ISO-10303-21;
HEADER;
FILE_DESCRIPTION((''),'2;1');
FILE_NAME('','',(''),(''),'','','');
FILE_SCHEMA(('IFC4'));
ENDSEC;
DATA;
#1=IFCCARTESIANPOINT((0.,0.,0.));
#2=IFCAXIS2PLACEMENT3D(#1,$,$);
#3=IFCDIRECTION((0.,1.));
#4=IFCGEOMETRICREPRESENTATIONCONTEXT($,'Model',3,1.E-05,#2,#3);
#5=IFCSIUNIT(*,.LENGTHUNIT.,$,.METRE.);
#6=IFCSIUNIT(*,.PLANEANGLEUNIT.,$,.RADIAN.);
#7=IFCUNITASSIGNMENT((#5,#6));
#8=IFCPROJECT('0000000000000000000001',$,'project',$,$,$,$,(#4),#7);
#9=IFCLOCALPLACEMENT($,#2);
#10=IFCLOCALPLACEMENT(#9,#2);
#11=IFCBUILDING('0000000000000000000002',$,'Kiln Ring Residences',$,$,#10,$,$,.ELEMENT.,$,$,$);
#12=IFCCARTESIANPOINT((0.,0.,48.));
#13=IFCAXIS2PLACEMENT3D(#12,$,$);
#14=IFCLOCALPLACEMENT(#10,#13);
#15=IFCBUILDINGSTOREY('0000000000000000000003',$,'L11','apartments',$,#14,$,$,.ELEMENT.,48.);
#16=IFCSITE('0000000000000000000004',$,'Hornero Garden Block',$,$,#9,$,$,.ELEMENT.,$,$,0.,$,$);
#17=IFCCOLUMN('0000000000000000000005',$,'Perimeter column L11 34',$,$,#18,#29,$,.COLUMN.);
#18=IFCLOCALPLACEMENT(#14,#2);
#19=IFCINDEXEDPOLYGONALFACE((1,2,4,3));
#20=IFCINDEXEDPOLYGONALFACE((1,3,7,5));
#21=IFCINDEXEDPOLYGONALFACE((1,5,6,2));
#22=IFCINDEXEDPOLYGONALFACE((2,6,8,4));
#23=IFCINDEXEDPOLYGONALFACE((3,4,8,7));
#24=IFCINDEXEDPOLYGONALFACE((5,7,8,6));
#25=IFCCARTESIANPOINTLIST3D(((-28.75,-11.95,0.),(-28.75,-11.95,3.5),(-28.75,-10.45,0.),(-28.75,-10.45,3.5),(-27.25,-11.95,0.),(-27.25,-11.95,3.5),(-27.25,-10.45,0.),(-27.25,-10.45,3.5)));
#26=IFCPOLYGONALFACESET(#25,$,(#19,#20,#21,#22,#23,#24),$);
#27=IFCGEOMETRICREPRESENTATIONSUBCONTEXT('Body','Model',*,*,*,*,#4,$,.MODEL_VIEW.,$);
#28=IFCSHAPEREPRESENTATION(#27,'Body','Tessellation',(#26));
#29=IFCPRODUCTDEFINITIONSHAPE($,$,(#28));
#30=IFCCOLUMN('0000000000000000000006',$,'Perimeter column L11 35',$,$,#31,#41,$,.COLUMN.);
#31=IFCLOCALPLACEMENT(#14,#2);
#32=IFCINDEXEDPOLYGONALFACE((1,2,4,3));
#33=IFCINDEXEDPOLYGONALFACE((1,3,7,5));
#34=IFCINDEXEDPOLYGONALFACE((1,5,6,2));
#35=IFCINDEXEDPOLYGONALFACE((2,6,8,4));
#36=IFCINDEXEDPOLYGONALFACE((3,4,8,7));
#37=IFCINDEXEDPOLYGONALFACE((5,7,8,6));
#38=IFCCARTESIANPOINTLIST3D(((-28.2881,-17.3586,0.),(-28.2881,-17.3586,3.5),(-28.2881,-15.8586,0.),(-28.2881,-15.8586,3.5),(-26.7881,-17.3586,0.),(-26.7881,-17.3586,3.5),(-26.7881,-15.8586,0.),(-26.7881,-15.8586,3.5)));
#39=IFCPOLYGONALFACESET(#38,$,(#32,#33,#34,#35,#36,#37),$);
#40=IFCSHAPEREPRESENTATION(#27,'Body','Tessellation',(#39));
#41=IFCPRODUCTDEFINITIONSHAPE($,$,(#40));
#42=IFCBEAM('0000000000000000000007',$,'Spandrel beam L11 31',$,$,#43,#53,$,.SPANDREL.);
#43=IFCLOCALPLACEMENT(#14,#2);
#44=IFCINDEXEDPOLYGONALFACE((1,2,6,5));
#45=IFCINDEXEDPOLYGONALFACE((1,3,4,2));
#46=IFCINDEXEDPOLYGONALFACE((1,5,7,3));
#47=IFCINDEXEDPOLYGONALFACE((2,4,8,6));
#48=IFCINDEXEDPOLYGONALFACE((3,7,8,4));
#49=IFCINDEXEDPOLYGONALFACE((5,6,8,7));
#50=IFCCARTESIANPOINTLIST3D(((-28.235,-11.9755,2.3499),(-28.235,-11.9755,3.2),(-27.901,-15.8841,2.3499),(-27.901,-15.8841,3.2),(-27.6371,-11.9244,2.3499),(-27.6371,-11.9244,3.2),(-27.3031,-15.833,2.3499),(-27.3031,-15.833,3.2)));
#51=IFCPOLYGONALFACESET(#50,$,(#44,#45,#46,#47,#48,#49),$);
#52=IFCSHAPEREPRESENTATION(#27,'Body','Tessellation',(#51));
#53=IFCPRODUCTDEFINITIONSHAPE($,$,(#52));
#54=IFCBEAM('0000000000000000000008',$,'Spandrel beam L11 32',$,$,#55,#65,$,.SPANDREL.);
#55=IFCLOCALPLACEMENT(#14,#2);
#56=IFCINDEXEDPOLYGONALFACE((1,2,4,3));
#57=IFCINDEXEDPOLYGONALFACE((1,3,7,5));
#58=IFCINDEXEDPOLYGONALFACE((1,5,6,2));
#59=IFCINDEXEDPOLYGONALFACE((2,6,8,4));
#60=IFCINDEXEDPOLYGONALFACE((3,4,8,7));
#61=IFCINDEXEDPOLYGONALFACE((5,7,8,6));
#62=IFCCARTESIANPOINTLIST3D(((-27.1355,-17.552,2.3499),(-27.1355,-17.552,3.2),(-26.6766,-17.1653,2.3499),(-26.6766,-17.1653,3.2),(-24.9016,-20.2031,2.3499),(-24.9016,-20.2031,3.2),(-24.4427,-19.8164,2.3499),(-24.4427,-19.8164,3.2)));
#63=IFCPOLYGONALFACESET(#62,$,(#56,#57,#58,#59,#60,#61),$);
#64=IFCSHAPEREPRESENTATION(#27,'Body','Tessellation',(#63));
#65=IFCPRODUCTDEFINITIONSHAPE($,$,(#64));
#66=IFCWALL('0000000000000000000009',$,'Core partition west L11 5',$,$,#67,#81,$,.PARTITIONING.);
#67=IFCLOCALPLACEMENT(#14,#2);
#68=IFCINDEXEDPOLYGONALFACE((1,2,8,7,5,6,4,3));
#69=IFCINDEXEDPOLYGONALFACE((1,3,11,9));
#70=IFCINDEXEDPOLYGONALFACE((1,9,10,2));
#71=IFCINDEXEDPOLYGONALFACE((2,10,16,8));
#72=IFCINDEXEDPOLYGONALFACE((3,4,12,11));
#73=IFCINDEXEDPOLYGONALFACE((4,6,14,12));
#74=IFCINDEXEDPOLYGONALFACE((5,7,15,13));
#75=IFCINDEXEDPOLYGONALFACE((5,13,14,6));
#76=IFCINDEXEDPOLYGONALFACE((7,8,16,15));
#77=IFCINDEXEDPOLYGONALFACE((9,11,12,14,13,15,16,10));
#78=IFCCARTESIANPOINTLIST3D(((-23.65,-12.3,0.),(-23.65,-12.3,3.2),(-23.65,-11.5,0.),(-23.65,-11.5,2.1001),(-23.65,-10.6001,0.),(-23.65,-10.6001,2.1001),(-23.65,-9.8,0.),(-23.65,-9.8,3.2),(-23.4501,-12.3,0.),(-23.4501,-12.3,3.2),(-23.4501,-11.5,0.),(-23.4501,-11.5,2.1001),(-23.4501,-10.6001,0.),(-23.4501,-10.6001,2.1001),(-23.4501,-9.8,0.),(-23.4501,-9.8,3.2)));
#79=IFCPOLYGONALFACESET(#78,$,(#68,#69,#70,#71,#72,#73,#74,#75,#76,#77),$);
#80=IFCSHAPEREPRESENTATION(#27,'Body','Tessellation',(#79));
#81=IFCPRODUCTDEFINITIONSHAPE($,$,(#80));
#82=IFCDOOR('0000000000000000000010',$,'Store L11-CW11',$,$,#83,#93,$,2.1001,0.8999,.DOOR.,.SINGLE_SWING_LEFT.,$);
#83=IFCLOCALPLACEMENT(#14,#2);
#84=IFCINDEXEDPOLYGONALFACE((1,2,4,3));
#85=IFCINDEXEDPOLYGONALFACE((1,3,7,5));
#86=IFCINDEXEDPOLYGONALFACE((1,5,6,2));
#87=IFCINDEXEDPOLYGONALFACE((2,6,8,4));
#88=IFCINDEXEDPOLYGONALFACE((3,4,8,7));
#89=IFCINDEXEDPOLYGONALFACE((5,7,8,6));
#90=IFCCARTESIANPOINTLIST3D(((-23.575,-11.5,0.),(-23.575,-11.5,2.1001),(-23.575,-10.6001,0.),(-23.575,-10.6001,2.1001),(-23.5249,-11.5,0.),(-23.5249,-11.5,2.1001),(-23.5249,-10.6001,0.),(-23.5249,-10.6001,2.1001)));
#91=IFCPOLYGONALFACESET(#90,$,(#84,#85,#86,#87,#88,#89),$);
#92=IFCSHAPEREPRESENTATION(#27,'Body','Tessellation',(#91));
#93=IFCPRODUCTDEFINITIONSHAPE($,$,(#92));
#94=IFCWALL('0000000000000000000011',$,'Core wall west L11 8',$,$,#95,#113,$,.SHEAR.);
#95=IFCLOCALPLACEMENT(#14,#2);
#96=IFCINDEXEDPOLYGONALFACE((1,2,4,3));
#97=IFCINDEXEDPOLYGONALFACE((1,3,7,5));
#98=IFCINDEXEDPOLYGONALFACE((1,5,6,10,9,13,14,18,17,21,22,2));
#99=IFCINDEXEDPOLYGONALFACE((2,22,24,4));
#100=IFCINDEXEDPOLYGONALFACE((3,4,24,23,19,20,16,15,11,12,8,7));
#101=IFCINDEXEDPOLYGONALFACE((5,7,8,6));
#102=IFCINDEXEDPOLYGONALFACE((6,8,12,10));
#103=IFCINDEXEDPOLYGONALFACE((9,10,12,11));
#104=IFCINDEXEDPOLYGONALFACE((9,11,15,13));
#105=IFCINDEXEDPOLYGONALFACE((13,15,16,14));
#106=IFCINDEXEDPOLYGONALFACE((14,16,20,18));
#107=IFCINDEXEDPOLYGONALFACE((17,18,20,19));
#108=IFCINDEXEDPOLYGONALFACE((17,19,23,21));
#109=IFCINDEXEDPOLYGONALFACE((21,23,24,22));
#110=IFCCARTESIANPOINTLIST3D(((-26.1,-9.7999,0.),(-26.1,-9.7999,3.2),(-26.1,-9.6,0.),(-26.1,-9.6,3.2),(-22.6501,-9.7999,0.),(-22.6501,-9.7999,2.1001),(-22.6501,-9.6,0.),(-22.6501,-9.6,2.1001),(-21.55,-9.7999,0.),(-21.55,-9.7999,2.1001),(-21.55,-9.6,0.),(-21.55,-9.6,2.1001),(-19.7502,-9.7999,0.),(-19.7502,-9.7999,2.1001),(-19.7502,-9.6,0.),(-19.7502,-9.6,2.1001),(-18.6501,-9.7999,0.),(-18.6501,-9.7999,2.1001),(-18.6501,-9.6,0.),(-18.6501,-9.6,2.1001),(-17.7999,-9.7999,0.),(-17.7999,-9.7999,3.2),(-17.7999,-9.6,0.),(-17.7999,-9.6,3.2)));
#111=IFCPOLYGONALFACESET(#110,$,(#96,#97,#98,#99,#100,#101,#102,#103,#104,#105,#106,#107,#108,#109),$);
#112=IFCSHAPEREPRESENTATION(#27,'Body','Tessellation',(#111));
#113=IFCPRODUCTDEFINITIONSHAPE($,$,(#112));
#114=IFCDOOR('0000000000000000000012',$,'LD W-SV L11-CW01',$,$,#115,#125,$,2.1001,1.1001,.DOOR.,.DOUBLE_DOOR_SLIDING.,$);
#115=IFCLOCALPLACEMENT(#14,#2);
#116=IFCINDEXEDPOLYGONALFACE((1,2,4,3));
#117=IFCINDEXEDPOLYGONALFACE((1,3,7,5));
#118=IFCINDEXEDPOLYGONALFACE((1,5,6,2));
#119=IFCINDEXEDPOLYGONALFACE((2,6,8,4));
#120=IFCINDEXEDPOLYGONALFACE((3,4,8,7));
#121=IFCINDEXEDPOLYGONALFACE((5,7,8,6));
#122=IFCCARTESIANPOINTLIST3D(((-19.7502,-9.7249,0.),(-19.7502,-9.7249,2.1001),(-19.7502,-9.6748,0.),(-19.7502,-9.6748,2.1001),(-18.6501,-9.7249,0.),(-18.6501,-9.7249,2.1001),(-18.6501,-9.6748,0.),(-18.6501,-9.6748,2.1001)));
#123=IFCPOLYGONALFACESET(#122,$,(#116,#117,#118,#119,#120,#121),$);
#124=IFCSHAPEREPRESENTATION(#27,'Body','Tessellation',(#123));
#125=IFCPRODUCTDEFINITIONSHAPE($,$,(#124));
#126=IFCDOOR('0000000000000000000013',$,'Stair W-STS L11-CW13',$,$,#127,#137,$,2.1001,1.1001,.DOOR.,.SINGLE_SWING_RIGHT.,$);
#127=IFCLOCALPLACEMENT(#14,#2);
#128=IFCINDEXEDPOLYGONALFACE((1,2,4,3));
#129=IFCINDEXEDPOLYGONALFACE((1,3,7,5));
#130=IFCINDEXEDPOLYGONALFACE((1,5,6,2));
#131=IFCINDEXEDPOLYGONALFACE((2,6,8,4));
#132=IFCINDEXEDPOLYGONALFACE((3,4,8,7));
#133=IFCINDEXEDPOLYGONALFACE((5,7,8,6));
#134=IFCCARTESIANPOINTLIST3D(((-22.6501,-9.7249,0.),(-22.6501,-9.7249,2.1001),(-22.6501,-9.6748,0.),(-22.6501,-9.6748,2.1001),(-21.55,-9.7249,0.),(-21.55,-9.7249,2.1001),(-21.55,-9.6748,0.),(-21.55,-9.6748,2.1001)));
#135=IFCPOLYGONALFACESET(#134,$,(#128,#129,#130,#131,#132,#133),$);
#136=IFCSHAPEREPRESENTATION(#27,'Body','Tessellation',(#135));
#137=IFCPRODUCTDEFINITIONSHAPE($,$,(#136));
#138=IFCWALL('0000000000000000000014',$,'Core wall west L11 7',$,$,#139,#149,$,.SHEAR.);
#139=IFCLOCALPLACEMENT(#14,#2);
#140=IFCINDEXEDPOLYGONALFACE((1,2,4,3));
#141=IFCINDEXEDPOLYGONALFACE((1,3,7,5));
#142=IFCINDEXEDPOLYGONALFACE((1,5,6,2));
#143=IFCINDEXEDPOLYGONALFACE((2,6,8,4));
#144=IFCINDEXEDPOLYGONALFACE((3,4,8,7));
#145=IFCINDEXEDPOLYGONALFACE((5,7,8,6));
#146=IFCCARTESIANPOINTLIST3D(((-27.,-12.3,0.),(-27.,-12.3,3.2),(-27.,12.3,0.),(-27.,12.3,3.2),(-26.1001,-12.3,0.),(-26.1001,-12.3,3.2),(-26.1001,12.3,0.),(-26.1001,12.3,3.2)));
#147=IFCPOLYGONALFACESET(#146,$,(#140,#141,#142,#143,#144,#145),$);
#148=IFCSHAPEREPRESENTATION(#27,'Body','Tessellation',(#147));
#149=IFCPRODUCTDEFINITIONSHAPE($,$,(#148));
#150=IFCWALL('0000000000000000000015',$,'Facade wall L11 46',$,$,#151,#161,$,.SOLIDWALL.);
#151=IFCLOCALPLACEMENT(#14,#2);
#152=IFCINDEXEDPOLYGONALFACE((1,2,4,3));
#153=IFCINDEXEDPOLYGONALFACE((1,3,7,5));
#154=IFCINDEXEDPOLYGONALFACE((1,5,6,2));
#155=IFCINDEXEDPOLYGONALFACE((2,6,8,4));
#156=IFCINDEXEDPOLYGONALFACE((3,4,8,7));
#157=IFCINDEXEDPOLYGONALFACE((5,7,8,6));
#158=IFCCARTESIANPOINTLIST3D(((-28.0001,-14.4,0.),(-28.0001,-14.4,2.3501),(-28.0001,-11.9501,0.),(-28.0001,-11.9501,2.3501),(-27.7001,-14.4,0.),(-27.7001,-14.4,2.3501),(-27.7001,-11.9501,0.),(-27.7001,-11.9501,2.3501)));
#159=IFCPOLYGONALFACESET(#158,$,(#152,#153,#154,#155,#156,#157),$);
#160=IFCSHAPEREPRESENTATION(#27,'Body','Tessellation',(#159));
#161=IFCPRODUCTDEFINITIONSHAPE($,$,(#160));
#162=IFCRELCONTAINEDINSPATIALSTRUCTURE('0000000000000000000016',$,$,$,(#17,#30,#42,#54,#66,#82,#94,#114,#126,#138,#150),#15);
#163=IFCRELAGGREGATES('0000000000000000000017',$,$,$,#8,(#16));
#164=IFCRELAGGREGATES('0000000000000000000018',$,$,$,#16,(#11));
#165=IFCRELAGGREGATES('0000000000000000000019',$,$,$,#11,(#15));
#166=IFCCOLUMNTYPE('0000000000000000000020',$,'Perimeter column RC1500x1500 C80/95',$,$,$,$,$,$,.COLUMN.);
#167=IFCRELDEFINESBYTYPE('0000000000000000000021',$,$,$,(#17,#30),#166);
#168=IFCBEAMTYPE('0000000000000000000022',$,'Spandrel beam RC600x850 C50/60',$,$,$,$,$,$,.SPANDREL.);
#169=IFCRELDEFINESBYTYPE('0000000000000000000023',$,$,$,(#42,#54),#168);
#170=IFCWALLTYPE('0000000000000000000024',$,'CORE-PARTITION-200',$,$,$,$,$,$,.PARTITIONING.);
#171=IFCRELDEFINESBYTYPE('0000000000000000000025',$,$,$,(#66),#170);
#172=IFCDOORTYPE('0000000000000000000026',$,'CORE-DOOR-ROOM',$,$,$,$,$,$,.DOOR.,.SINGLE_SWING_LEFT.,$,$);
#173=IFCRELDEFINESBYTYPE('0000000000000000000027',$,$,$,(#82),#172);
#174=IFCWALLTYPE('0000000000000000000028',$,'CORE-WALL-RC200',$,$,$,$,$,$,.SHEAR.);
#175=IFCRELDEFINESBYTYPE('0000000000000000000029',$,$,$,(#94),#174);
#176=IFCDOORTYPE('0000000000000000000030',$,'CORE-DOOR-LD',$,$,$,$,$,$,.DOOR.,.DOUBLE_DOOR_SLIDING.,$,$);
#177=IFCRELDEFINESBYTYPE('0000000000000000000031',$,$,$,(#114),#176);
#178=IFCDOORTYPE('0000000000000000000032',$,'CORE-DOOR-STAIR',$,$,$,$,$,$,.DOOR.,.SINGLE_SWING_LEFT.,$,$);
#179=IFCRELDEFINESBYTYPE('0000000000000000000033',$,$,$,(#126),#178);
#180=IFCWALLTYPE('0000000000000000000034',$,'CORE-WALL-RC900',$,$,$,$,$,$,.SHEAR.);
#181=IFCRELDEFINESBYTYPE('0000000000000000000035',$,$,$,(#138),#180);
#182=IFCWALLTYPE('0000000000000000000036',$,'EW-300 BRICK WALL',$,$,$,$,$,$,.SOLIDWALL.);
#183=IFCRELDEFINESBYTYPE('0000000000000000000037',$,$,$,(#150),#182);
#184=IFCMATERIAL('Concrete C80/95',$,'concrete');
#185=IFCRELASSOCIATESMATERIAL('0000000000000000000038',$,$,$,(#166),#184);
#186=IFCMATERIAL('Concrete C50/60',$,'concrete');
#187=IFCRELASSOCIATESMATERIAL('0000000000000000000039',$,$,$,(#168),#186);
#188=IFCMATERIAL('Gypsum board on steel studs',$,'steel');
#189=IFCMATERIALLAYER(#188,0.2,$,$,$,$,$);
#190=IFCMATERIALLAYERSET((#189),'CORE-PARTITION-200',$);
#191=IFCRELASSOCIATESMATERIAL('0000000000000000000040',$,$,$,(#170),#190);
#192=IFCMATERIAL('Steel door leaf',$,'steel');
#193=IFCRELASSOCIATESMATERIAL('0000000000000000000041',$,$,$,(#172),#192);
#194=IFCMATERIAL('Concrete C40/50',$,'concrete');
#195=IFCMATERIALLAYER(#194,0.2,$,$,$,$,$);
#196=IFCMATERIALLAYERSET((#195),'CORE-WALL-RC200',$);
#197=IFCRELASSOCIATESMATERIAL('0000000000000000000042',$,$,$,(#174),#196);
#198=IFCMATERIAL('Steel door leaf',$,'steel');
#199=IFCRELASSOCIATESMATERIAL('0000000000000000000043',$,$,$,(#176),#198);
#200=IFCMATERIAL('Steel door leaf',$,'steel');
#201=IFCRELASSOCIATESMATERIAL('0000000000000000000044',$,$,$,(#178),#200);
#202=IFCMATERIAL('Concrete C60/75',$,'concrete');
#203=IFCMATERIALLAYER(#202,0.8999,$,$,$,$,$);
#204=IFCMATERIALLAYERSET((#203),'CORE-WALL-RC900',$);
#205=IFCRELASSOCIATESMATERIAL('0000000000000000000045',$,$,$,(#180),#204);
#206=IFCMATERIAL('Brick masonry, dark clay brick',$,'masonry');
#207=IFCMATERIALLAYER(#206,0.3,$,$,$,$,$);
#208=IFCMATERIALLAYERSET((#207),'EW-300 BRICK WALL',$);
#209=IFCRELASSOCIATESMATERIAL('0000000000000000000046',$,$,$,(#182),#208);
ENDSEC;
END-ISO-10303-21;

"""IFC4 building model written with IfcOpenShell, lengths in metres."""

from ifc_helpers import new_model, si_unit, direction, frame, frame_2d, origin, origin_2d, place, context, subcontext, project, spatial, rectangle, extrude, material, layer, layer_set, material_profile, profile_set, type_object, element, fill, save


model = new_model("IFC4")

# Units and contexts
model_context = context("Model", 3, precision=1e-05, world=origin(), true_north=direction((0.0, 1.0)))
body_context = subcontext(model_context, "Body", "Model", "MODEL_VIEW")
ifc_project = project(units=[si_unit("LENGTHUNIT", "METRE"), si_unit("PLANEANGLEUNIT", "RADIAN")], contexts=[model_context])

# Site, building, storey
site_placement = place(None, origin())
site = spatial("IfcSite", under=ifc_project, at=site_placement, Name="Hornero Garden Block", CompositionType="ELEMENT", RefElevation=0.0)
building_placement = place(site_placement, origin())
building = spatial("IfcBuilding", under=site, at=building_placement, Name="Kiln Ring Residences", CompositionType="ELEMENT")
storey_placement = place(building_placement, frame((0.0, 0.0, 48.0)))
storey = spatial("IfcBuildingStorey", under=building, at=storey_placement, Name="L11", Description="apartments", CompositionType="ELEMENT", Elevation=48.0)

# Columns
ifc_material_1 = material(Name="Concrete C80/95", Category="concrete")
ifc_material_profile_1 = material_profile(ifc_material_1, rectangle(XDim=1.5, YDim=1.5, at=origin_2d()), Name="RC1500x1500")
ifc_profile_set_1 = profile_set([ifc_material_profile_1], Name="Concrete C80/95")
column_type = type_object("IfcColumnType", Name="Perimeter column RC1500x1500 C80/95", PredefinedType="COLUMN", material=ifc_profile_set_1)
for number, where, z_axis, x_axis, name in (
    (1, (-28.0, -11.2, 0.0), (0.0, 0.0, 1.0), (1.0, 0.0, 0.0), "Perimeter column L11 34"),
    (2, (-27.5381, -16.6086, 0.0), (0.0, 0.0, 1.0), (1.0, 0.0, 0.0), "Perimeter column L11 35"),
):
    element("IfcColumn", number, at=place(storey_placement, frame(where, z_axis=z_axis, x_axis=x_axis)), inside=storey, type_object=column_type, Name=name, PredefinedType="COLUMN", context=body_context, shape_type="SweptSolid", body=[
        extrude(rectangle(XDim=1.5, YDim=1.5, at=origin_2d()), origin(), (0.0, 0.0, 1.0), 3.5),
    ])

# Beams
ifc_material_2 = material(Name="Concrete C50/60", Category="concrete")
ifc_material_profile_2 = material_profile(ifc_material_2, rectangle(XDim=0.6001, YDim=0.8501, at=origin_2d()), Name="RC600x850")
ifc_profile_set_2 = profile_set([ifc_material_profile_2], Name="Concrete C50/60")
beam_type = type_object("IfcBeamType", Name="Spandrel beam RC600x850 C50/60", PredefinedType="SPANDREL", material=ifc_profile_set_2)
beam_1_placement = place(storey_placement, frame((-27.936, -11.95, 2.7749), z_axis=(0.085136, -0.996369, 0.0), x_axis=(0.996369, 0.085136, 0.0)))
element("IfcBeam", 3, at=beam_1_placement, inside=storey, type_object=beam_type, Name="Spandrel beam L11 31", PredefinedType="SPANDREL", context=body_context, shape_type="SweptSolid", body=[
    extrude(rectangle(XDim=0.6001, YDim=0.8501, at=origin_2d()), origin(), (0.0, 0.0, 1.0), 3.9229),
])
beam_2_placement = place(storey_placement, frame((-26.906, -17.3586, 2.7749), z_axis=(0.644366, -0.764718, 0.0), x_axis=(0.764718, 0.644366, 0.0)))
element("IfcBeam", 4, at=beam_2_placement, inside=storey, type_object=beam_type, Name="Spandrel beam L11 32", PredefinedType="SPANDREL", context=body_context, shape_type="SweptSolid", body=[
    extrude(rectangle(XDim=0.6001, YDim=0.8501, at=origin_2d()), origin(), (0.0, 0.0, 1.0), 3.4668),
])

# Wall, opening, door
ifc_material_3 = material(Name="Gypsum board on steel studs", Category="steel")
ifc_layer_1 = layer(ifc_material_3, 0.2)
ifc_layer_set_1 = layer_set([ifc_layer_1], Name="CORE-PARTITION-200")
wall_type_1 = type_object("IfcWallType", Name="CORE-PARTITION-200", PredefinedType="PARTITIONING", material=ifc_layer_set_1)
wall_1_placement = place(storey_placement, frame((-23.55, -12.3, 0.0), z_axis=(0.0, 0.0, 1.0), x_axis=(0.0, 1.0, 0.0)))
wall_1 = element("IfcWall", 5, at=wall_1_placement, inside=storey, type_object=wall_type_1, Name="Core partition west L11 5", PredefinedType="PARTITIONING", context=body_context, shape_type="SweptSolid", body=[
    extrude(rectangle(XDim=2.5, YDim=0.2, at=frame_2d((1.25, 0.0))), origin(), (0.0, 0.0, 1.0), 3.2),
])
opening_1_placement = place(wall_1_placement, frame((0.8, 0.0, 0.0)))
opening_1 = element("IfcOpeningElement", 6, at=opening_1_placement, cuts=wall_1, PredefinedType="OPENING", context=body_context, shape_type="SweptSolid", body=[
    extrude(rectangle(XDim=0.8999, YDim=2.1001, at=frame_2d((0.45, 1.05))), frame((0.0, 0.1099, 0.0), z_axis=(0.0, -1.0, 0.0), x_axis=(1.0, 0.0, 0.0)), (0.0, 0.0, 1.0), 0.22),
])
ifc_material_4 = material(Name="Steel door leaf", Category="steel")
door_type_1 = type_object("IfcDoorType", Name="CORE-DOOR-ROOM", OperationType="SINGLE_SWING_LEFT", PredefinedType="DOOR", material=ifc_material_4)
door_1_placement = place(opening_1_placement, origin())
door_1 = element("IfcDoor", 7, at=door_1_placement, inside=storey, type_object=door_type_1, Name="Store L11-CW11", OperationType="SINGLE_SWING_LEFT", OverallHeight=2.1001, OverallWidth=0.8999, PredefinedType="DOOR", context=body_context, shape_type="SweptSolid", body=[
    extrude(rectangle(XDim=0.8999, YDim=2.1001, at=frame_2d((0.45, 1.05))), frame((0.0, 0.0249, 0.0), z_axis=(0.0, -1.0, 0.0), x_axis=(1.0, 0.0, 0.0)), (0.0, 0.0, 1.0), 0.05),
])
fill(opening_1, door_1)

# Wall, openings, doors
ifc_material_5 = material(Name="Concrete C40/50", Category="concrete")
ifc_layer_2 = layer(ifc_material_5, 0.2)
ifc_layer_set_2 = layer_set([ifc_layer_2], Name="CORE-WALL-RC200")
wall_type_2 = type_object("IfcWallType", Name="CORE-WALL-RC200", PredefinedType="SHEAR", material=ifc_layer_set_2)
wall_2_placement = place(storey_placement, frame((-17.8, -9.7, 0.0), z_axis=(0.0, 0.0, 1.0), x_axis=(-1.0, 0.0, 0.0)))
wall_2 = element("IfcWall", 8, at=wall_2_placement, inside=storey, type_object=wall_type_2, Name="Core wall west L11 8", PredefinedType="SHEAR", context=body_context, shape_type="SweptSolid", body=[
    extrude(rectangle(XDim=8.3, YDim=0.2, at=frame_2d((4.1499, 0.0))), origin(), (0.0, 0.0, 1.0), 3.2),
])
opening_2_placement = place(wall_2_placement, frame((0.8501, 0.0, 0.0)))
opening_2 = element("IfcOpeningElement", 9, at=opening_2_placement, cuts=wall_2, PredefinedType="OPENING", context=body_context, shape_type="SweptSolid", body=[
    extrude(rectangle(XDim=1.1001, YDim=2.1001, at=frame_2d((0.55, 1.05))), frame((0.0, 0.1099, 0.0), z_axis=(0.0, -1.0, 0.0), x_axis=(1.0, 0.0, 0.0)), (0.0, 0.0, 1.0), 0.22),
])
opening_3_placement = place(wall_2_placement, frame((3.75, 0.0, 0.0)))
opening_3 = element("IfcOpeningElement", 10, at=opening_3_placement, cuts=wall_2, PredefinedType="OPENING", context=body_context, shape_type="SweptSolid", body=[
    extrude(rectangle(XDim=1.1001, YDim=2.1001, at=frame_2d((0.55, 1.05))), frame((0.0, 0.1099, 0.0), z_axis=(0.0, -1.0, 0.0), x_axis=(1.0, 0.0, 0.0)), (0.0, 0.0, 1.0), 0.22),
])
ifc_material_6 = material(Name="Steel door leaf", Category="steel")
door_type_2 = type_object("IfcDoorType", Name="CORE-DOOR-LD", OperationType="DOUBLE_DOOR_SLIDING", PredefinedType="DOOR", material=ifc_material_6)
door_2_placement = place(opening_2_placement, origin())
door_2 = element("IfcDoor", 11, at=door_2_placement, inside=storey, type_object=door_type_2, Name="LD W-SV L11-CW01", OperationType="DOUBLE_DOOR_SLIDING", OverallHeight=2.1001, OverallWidth=1.1001, PredefinedType="DOOR", context=body_context, shape_type="SweptSolid", body=[
    extrude(rectangle(XDim=1.1001, YDim=2.1001, at=frame_2d((0.55, 1.05))), frame((0.0, 0.0249, 0.0), z_axis=(0.0, -1.0, 0.0), x_axis=(1.0, 0.0, 0.0)), (0.0, 0.0, 1.0), 0.05),
])
fill(opening_2, door_2)
ifc_material_7 = material(Name="Steel door leaf", Category="steel")
door_type_3 = type_object("IfcDoorType", Name="CORE-DOOR-STAIR", OperationType="SINGLE_SWING_LEFT", PredefinedType="DOOR", material=ifc_material_7)
door_3_placement = place(opening_3_placement, origin())
door_3 = element("IfcDoor", 12, at=door_3_placement, inside=storey, type_object=door_type_3, Name="Stair W-STS L11-CW13", OperationType="SINGLE_SWING_RIGHT", OverallHeight=2.1001, OverallWidth=1.1001, PredefinedType="DOOR", context=body_context, shape_type="SweptSolid", body=[
    extrude(rectangle(XDim=1.1001, YDim=2.1001, at=frame_2d((0.55, 1.05))), frame((0.0, 0.0249, 0.0), z_axis=(0.0, -1.0, 0.0), x_axis=(1.0, 0.0, 0.0)), (0.0, 0.0, 1.0), 0.05),
])
fill(opening_3, door_3)

# Walls
ifc_material_8 = material(Name="Concrete C60/75", Category="concrete")
ifc_layer_3 = layer(ifc_material_8, 0.8999)
ifc_layer_set_3 = layer_set([ifc_layer_3], Name="CORE-WALL-RC900")
wall_type_3 = type_object("IfcWallType", Name="CORE-WALL-RC900", PredefinedType="SHEAR", material=ifc_layer_set_3)
wall_3_placement = place(storey_placement, frame((-26.55, -12.3, 0.0), z_axis=(0.0, 0.0, 1.0), x_axis=(0.0, 1.0, 0.0)))
element("IfcWall", 13, at=wall_3_placement, inside=storey, type_object=wall_type_3, Name="Core wall west L11 7", PredefinedType="SHEAR", context=body_context, shape_type="SweptSolid", body=[
    extrude(rectangle(XDim=24.6001, YDim=0.8999, at=frame_2d((12.3, 0.0))), origin(), (0.0, 0.0, 1.0), 3.2),
])
ifc_material_9 = material(Name="Brick masonry, dark clay brick", Category="masonry")
ifc_layer_4 = layer(ifc_material_9, 0.3)
ifc_layer_set_4 = layer_set([ifc_layer_4], Name="EW-300 BRICK WALL")
wall_type_4 = type_object("IfcWallType", Name="EW-300 BRICK WALL", PredefinedType="SOLIDWALL", material=ifc_layer_set_4)
wall_4_placement = place(storey_placement, frame((-27.8501, -11.95, 0.0), z_axis=(0.0, 0.0, 1.0), x_axis=(0.0, -1.0, 0.0)))
element("IfcWall", 14, at=wall_4_placement, inside=storey, type_object=wall_type_4, Name="Facade wall L11 46", PredefinedType="SOLIDWALL", context=body_context, shape_type="SweptSolid", body=[
    extrude(rectangle(XDim=2.45, YDim=0.3, at=frame_2d((1.2251, 0.0))), origin(), (0.0, 0.0, 1.0), 2.3501),
])

save(model, "model.ifc")
